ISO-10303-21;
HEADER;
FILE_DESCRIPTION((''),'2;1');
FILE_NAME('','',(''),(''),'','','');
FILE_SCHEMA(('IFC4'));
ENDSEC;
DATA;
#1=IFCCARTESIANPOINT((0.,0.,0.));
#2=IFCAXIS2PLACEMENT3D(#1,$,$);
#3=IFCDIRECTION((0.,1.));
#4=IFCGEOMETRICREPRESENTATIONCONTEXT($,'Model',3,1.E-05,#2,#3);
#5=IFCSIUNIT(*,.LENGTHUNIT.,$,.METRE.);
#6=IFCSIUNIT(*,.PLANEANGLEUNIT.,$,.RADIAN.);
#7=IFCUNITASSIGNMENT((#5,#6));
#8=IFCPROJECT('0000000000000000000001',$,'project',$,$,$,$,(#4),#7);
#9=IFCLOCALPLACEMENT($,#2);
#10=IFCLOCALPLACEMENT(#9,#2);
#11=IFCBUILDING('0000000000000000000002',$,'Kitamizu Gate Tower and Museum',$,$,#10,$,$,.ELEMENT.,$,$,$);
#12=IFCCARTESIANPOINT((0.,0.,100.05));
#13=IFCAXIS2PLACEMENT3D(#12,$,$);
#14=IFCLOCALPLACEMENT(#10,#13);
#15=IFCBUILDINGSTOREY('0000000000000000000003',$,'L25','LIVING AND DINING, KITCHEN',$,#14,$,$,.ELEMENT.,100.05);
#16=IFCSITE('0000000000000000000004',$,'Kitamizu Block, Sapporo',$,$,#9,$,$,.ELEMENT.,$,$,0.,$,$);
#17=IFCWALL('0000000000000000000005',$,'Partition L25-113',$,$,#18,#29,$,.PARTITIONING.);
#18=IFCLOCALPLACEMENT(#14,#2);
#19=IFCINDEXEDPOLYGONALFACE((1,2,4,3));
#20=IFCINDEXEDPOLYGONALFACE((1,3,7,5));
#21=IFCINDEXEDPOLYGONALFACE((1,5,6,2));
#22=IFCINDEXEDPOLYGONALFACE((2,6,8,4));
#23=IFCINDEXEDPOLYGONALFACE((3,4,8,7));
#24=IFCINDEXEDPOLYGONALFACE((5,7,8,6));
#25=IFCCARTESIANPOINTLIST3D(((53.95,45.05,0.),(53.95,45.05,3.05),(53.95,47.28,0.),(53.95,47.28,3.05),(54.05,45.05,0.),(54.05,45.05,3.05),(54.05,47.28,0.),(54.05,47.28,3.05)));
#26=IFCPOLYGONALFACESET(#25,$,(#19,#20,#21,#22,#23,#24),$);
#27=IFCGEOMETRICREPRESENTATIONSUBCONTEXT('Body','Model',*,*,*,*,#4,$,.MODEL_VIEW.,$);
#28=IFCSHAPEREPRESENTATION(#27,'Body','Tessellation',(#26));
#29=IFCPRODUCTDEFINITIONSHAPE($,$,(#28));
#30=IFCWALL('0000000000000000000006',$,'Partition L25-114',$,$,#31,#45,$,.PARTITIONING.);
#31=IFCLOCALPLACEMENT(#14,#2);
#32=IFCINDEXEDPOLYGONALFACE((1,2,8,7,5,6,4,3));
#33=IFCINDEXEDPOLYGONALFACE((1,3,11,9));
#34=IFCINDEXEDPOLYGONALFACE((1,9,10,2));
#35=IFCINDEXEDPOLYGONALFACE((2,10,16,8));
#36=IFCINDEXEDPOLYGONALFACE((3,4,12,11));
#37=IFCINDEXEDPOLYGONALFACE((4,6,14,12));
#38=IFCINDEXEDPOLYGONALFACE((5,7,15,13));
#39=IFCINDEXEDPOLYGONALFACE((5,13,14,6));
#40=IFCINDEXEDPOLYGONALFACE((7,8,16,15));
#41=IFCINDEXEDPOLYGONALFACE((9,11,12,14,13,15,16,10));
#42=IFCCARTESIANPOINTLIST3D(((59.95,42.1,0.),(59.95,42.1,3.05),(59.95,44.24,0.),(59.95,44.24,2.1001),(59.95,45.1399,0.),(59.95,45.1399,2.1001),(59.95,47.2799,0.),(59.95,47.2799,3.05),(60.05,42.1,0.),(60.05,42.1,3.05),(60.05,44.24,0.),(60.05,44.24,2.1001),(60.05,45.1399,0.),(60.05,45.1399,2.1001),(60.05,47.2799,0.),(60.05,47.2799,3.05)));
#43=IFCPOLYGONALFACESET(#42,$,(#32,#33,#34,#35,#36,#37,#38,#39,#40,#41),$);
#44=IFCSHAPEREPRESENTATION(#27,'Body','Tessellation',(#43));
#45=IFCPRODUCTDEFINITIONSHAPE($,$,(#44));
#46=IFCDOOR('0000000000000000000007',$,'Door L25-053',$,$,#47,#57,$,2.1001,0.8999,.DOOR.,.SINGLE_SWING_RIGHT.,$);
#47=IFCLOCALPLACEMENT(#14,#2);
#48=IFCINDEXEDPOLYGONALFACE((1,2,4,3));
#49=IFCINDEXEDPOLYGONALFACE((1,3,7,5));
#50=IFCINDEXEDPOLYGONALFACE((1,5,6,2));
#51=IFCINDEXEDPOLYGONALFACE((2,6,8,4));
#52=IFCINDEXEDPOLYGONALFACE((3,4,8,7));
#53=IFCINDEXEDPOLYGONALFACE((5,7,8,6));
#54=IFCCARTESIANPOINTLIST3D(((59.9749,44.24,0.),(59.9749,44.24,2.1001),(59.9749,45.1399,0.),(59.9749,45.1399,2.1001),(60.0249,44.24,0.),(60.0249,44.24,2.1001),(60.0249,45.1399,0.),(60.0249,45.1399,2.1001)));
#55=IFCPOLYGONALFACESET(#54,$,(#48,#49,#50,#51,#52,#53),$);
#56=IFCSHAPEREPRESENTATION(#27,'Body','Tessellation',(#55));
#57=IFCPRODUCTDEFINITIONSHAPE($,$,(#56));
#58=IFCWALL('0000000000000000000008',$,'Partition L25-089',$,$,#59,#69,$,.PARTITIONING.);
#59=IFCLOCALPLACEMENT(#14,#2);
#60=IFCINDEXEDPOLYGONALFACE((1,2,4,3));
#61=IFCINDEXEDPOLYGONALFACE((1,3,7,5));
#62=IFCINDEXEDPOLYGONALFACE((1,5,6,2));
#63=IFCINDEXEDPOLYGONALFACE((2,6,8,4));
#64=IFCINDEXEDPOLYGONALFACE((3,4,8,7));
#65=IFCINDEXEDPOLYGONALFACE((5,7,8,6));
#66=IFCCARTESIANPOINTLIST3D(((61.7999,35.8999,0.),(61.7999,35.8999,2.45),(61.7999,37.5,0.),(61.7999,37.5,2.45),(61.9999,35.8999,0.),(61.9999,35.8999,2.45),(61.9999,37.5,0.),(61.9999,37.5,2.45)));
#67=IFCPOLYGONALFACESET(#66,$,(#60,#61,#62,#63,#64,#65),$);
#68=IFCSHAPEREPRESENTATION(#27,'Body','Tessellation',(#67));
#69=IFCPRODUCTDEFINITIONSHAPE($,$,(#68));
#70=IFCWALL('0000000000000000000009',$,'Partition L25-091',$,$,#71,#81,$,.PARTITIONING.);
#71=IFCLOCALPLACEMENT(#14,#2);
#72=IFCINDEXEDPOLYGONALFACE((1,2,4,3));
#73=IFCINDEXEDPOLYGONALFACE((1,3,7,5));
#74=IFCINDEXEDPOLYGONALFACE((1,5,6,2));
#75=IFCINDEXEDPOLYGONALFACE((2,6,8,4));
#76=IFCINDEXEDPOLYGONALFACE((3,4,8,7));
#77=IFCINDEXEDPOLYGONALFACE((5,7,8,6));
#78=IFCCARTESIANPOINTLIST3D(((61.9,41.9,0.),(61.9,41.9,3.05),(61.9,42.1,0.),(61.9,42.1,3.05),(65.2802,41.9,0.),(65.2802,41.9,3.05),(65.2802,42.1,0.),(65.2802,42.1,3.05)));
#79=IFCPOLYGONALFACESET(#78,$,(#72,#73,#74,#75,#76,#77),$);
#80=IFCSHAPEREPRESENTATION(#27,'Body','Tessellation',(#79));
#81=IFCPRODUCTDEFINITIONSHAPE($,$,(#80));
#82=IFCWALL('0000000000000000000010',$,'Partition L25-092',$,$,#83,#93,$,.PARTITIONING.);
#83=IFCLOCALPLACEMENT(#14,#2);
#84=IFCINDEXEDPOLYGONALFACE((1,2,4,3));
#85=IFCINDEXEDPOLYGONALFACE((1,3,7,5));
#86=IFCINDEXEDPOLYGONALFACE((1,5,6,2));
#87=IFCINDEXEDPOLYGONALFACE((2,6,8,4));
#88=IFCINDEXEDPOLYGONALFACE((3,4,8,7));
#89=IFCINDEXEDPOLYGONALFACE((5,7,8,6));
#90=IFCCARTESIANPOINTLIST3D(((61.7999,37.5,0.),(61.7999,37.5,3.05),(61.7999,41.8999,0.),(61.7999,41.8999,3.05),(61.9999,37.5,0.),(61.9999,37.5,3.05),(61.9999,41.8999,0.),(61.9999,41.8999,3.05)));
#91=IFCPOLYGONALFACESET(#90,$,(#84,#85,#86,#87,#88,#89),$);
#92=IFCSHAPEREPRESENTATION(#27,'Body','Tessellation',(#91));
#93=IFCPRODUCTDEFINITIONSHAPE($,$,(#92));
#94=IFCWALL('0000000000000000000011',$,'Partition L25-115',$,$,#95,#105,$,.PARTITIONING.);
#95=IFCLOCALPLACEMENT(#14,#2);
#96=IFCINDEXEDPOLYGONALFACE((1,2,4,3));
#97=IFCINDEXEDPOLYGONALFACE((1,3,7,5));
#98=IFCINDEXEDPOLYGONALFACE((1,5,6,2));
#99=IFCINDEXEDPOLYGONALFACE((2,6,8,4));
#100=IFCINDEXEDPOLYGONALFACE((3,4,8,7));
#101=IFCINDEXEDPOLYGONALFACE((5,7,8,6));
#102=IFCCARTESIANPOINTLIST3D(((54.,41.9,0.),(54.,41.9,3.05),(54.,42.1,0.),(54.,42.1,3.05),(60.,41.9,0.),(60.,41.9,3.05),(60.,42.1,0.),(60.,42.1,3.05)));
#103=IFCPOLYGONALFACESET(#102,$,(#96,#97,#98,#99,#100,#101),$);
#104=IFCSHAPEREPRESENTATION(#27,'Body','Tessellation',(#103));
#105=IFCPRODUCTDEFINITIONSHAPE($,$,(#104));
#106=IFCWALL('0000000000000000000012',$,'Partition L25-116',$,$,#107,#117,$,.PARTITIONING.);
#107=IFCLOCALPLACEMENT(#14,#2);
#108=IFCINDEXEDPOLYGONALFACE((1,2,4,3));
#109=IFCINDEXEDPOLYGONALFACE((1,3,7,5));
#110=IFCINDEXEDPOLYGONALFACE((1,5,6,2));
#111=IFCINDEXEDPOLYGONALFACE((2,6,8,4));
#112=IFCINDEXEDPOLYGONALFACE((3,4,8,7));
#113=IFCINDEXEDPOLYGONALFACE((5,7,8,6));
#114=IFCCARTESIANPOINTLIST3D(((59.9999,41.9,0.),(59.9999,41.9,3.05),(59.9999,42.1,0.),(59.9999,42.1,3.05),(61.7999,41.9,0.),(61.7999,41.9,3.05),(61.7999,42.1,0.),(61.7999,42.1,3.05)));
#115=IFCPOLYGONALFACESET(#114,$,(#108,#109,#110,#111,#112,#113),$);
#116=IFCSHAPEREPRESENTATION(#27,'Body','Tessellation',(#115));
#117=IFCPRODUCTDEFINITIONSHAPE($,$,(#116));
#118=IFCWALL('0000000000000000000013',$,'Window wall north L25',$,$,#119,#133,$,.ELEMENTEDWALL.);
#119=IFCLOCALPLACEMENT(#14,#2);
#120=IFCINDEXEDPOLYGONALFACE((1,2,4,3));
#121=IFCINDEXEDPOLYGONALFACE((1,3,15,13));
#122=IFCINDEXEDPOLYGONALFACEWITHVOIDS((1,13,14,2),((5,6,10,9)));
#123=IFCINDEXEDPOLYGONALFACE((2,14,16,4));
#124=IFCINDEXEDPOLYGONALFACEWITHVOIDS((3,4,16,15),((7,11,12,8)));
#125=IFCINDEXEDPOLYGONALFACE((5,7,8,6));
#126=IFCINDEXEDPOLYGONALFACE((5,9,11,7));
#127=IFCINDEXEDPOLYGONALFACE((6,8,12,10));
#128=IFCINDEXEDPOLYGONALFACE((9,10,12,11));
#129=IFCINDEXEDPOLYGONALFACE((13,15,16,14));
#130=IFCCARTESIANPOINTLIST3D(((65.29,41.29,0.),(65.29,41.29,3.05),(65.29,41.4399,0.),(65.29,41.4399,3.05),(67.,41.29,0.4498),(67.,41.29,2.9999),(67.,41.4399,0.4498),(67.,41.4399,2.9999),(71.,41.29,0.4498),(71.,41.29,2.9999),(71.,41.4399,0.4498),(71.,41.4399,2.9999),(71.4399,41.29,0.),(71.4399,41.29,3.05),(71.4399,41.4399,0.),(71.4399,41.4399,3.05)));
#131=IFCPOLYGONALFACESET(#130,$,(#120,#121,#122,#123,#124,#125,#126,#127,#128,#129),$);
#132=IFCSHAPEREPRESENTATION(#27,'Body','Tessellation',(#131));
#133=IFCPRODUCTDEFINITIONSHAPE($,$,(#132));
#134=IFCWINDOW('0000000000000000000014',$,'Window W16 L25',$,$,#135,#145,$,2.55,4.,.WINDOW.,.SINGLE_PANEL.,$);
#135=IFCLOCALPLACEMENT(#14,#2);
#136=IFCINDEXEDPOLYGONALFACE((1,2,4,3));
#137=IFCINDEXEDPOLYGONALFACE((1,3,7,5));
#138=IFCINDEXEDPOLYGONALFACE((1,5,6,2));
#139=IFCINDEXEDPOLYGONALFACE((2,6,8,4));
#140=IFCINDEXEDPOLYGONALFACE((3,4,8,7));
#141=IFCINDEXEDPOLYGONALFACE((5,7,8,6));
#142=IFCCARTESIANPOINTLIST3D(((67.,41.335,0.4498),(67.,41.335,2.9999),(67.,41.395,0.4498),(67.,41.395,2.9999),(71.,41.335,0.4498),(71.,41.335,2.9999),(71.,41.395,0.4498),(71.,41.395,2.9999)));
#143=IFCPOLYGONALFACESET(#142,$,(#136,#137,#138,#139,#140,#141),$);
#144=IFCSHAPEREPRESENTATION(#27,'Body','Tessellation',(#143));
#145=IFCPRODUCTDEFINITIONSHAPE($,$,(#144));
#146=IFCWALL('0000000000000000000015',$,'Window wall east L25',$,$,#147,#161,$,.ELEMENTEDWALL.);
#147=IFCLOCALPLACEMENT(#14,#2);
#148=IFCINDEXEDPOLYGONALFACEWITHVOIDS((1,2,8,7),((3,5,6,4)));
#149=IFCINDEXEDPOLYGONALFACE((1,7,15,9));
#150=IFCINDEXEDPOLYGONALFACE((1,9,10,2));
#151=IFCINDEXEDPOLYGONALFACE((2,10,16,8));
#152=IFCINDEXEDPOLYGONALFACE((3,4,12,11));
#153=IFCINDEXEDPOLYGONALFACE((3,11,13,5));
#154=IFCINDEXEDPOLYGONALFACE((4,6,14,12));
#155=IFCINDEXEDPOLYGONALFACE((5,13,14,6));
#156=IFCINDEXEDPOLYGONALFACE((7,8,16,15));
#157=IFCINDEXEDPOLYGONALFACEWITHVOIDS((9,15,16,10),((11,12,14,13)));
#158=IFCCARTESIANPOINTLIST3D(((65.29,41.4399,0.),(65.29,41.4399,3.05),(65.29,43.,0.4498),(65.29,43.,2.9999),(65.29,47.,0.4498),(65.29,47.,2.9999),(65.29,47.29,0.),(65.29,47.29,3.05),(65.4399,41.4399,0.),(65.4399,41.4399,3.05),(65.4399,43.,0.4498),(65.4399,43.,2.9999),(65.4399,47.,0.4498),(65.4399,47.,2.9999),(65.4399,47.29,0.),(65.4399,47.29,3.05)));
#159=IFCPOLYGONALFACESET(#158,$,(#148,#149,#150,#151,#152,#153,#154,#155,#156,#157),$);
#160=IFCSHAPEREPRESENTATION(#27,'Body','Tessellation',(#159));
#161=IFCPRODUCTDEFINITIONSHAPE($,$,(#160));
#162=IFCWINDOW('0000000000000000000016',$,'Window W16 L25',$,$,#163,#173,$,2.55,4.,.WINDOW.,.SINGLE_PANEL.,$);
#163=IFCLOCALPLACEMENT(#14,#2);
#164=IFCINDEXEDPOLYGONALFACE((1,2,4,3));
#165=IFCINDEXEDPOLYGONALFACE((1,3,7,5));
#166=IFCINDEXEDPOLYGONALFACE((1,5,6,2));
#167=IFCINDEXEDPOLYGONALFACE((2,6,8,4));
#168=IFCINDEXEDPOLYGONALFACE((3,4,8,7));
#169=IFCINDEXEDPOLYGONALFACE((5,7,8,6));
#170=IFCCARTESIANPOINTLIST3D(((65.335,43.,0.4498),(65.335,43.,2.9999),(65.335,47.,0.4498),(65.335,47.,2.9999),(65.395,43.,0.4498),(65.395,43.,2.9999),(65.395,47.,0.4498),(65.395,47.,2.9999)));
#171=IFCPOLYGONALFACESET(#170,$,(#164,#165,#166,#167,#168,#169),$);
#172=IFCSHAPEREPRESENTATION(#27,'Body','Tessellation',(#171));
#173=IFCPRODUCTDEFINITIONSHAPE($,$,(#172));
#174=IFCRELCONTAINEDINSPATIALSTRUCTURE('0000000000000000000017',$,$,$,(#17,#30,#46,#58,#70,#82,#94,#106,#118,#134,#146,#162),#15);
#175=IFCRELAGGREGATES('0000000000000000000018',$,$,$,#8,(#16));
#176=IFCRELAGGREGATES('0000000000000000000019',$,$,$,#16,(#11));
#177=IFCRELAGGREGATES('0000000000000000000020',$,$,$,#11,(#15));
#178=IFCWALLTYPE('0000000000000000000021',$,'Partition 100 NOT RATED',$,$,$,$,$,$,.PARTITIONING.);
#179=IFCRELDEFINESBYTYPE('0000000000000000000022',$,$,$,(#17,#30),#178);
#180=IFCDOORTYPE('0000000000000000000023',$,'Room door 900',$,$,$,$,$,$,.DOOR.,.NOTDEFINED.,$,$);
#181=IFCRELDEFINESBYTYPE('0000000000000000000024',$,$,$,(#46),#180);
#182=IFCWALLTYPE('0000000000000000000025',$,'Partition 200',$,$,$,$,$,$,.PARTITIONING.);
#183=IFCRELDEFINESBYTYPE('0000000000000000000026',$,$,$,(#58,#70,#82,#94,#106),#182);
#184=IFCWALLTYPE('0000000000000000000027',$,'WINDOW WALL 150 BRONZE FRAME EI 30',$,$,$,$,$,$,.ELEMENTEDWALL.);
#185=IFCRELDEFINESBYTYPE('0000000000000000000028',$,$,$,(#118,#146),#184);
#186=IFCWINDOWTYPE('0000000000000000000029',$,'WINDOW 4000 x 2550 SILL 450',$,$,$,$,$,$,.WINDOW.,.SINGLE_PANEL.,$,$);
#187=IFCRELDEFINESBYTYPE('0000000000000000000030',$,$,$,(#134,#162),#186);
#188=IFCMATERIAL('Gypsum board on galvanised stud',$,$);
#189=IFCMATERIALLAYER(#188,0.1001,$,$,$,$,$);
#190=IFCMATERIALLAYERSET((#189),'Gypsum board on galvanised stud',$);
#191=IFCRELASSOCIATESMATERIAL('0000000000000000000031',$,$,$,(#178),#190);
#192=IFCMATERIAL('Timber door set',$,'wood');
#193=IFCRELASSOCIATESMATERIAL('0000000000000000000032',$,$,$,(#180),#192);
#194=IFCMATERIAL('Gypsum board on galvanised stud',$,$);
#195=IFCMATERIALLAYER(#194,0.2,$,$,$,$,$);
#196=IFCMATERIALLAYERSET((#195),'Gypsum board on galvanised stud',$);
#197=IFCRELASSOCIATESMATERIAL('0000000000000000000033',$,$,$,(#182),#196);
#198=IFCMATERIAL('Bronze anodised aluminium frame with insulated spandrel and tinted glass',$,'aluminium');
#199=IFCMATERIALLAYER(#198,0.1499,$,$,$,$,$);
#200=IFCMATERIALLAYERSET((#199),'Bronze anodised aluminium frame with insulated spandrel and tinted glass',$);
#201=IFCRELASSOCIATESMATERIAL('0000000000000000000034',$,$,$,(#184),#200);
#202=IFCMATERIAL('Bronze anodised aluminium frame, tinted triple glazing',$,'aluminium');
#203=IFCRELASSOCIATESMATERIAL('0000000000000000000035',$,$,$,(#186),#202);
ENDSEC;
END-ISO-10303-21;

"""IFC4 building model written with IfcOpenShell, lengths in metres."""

from ifc_helpers import new_model, si_unit, direction, frame, frame_2d, origin, place, context, subcontext, project, spatial, rectangle, extrude, material, layer, layer_set, type_object, element, fill, save


model = new_model("IFC4")

# Units and contexts
model_context = context("Model", 3, precision=1e-05, world=origin(), true_north=direction((0.0, 1.0)))
body_context = subcontext(model_context, "Body", "Model", "MODEL_VIEW")
ifc_project = project(units=[si_unit("LENGTHUNIT", "METRE"), si_unit("PLANEANGLEUNIT", "RADIAN")], contexts=[model_context])

# Site, building, storey
site_placement = place(None, origin())
site = spatial("IfcSite", under=ifc_project, at=site_placement, Name="Kitamizu Block, Sapporo", CompositionType="ELEMENT", RefElevation=0.0)
building_placement = place(site_placement, origin())
building = spatial("IfcBuilding", under=site, at=building_placement, Name="Kitamizu Gate Tower and Museum", CompositionType="ELEMENT")
storey_placement = place(building_placement, frame((0.0, 0.0, 100.05)))
storey = spatial("IfcBuildingStorey", under=building, at=storey_placement, Name="L25", Description="LIVING AND DINING, KITCHEN", CompositionType="ELEMENT", Elevation=100.05)

# Shared definitions
ifc_material_1 = material(Name="Gypsum board on galvanised stud")
ifc_layer_1 = layer(ifc_material_1, 0.1001)
ifc_layer_set_1 = layer_set([ifc_layer_1], Name="Gypsum board on galvanised stud")
wall_type_1 = type_object("IfcWallType", Name="Partition 100 NOT RATED", PredefinedType="PARTITIONING", material=ifc_layer_set_1)

# Shared definitions
ifc_material_2 = material(Name="Timber door set", Category="wood")
door_type_1 = type_object("IfcDoorType", Name="Room door 900", OperationType="NOTDEFINED", PredefinedType="DOOR", material=ifc_material_2)

# Wall
wall_1_placement = place(storey_placement, frame((54.0, 45.05, 0.0), z_axis=(0.0, 0.0, 1.0), x_axis=(0.0, 1.0, 0.0)))
element("IfcWall", 1, at=wall_1_placement, inside=storey, type_object=wall_type_1, Name="Partition L25-113", PredefinedType="PARTITIONING", context=body_context, shape_type="SweptSolid", body=[
    extrude(rectangle(XDim=2.23, YDim=0.1001, at=frame_2d((1.115, 0.0))), origin(), (0.0, 0.0, 1.0), 3.05),
])

# Wall, opening, door
wall_2_placement = place(storey_placement, frame((60.0, 42.1001, 0.0), z_axis=(0.0, 0.0, 1.0), x_axis=(0.0, 1.0, 0.0)))
wall_2 = element("IfcWall", 2, at=wall_2_placement, inside=storey, type_object=wall_type_1, Name="Partition L25-114", PredefinedType="PARTITIONING", context=body_context, shape_type="SweptSolid", body=[
    extrude(rectangle(XDim=5.1799, YDim=0.1001, at=frame_2d((2.5898, 0.0))), origin(), (0.0, 0.0, 1.0), 3.05),
])
opening_1_placement = place(wall_2_placement, frame((2.1399, 0.0, 0.0)))
opening_1 = element("IfcOpeningElement", 3, at=opening_1_placement, cuts=wall_2, PredefinedType="OPENING", context=body_context, shape_type="SweptSolid", body=[
    extrude(rectangle(XDim=0.8999, YDim=2.1001, at=frame_2d((0.45, 1.05))), frame((0.0, 0.0601, 0.0), z_axis=(0.0, -1.0, 0.0), x_axis=(1.0, 0.0, 0.0)), (0.0, 0.0, 1.0), 0.1201),
])
door_1_placement = place(opening_1_placement, frame((0.8999, 0.0, 0.0), x_axis=(-1.0, 0.0, 0.0)))
door_1 = element("IfcDoor", 4, at=door_1_placement, inside=storey, type_object=door_type_1, Name="Door L25-053", OperationType="SINGLE_SWING_RIGHT", OverallHeight=2.1001, OverallWidth=0.8999, PredefinedType="DOOR", context=body_context, shape_type="SweptSolid", body=[
    extrude(rectangle(XDim=0.8999, YDim=2.1001, at=frame_2d((0.45, 1.05))), frame((0.0, 0.0249, 0.0), z_axis=(0.0, -1.0, 0.0), x_axis=(1.0, 0.0, 0.0)), (0.0, 0.0, 1.0), 0.05),
])
fill(opening_1, door_1)

# Walls
ifc_material_3 = material(Name="Gypsum board on galvanised stud")
ifc_layer_2 = layer(ifc_material_3, 0.2)
ifc_layer_set_2 = layer_set([ifc_layer_2], Name="Gypsum board on galvanised stud")
wall_type_2 = type_object("IfcWallType", Name="Partition 200", PredefinedType="PARTITIONING", material=ifc_layer_set_2)
wall_3_placement = place(storey_placement, frame((61.8999, 37.5, 0.0), z_axis=(0.0, 0.0, 1.0), x_axis=(0.0, -1.0, 0.0)))
element("IfcWall", 5, at=wall_3_placement, inside=storey, type_object=wall_type_2, Name="Partition L25-089", PredefinedType="PARTITIONING", context=body_context, shape_type="SweptSolid", body=[
    extrude(rectangle(XDim=1.6001, YDim=0.2, at=frame_2d((0.8, 0.0))), origin(), (0.0, 0.0, 1.0), 2.45),
])
wall_4_placement = place(storey_placement, frame((65.28, 42.0, 0.0), z_axis=(0.0, 0.0, 1.0), x_axis=(-1.0, 0.0, 0.0)))
element("IfcWall", 6, at=wall_4_placement, inside=storey, type_object=wall_type_2, Name="Partition L25-091", PredefinedType="PARTITIONING", context=body_context, shape_type="SweptSolid", body=[
    extrude(rectangle(XDim=3.3801, YDim=0.2, at=frame_2d((1.6899, 0.0))), origin(), (0.0, 0.0, 1.0), 3.05),
])
wall_5_placement = place(storey_placement, frame((61.8999, 41.8999, 0.0), z_axis=(0.0, 0.0, 1.0), x_axis=(0.0, -1.0, 0.0)))
element("IfcWall", 7, at=wall_5_placement, inside=storey, type_object=wall_type_2, Name="Partition L25-092", PredefinedType="PARTITIONING", context=body_context, shape_type="SweptSolid", body=[
    extrude(rectangle(XDim=4.3999, YDim=0.2, at=frame_2d((2.2, 0.0))), origin(), (0.0, 0.0, 1.0), 3.05),
])
wall_6_placement = place(storey_placement, frame((54.0, 42.0, 0.0), z_axis=(0.0, 0.0, 1.0), x_axis=(1.0, 0.0, 0.0)))
element("IfcWall", 8, at=wall_6_placement, inside=storey, type_object=wall_type_2, Name="Partition L25-115", PredefinedType="PARTITIONING", context=body_context, shape_type="SweptSolid", body=[
    extrude(rectangle(XDim=6.0, YDim=0.2, at=frame_2d((3.0, 0.0))), origin(), (0.0, 0.0, 1.0), 3.05),
])
wall_7_placement = place(storey_placement, frame((60.0, 42.0, 0.0), z_axis=(0.0, 0.0, 1.0), x_axis=(1.0, 0.0, 0.0)))
element("IfcWall", 9, at=wall_7_placement, inside=storey, type_object=wall_type_2, Name="Partition L25-116", PredefinedType="PARTITIONING", context=body_context, shape_type="SweptSolid", body=[
    extrude(rectangle(XDim=1.8, YDim=0.2, at=frame_2d((0.8999, 0.0))), origin(), (0.0, 0.0, 1.0), 3.05),
])

# Walls, openings, windows
ifc_material_4 = material(Name="Bronze anodised aluminium frame with insulated spandrel and tinted glass", Category="aluminium")
ifc_layer_3 = layer(ifc_material_4, 0.1499)
ifc_layer_set_3 = layer_set([ifc_layer_3], Name="Bronze anodised aluminium frame with insulated spandrel and tinted glass")
wall_type_3 = type_object("IfcWallType", Name="WINDOW WALL 150 BRONZE FRAME EI 30", PredefinedType="ELEMENTEDWALL", material=ifc_layer_set_3)
wall_8_placement = place(storey_placement, frame((65.29, 41.365, 0.0), z_axis=(0.0, 0.0, 1.0), x_axis=(1.0, 0.0, 0.0)))
wall_8 = element("IfcWall", 10, at=wall_8_placement, inside=storey, type_object=wall_type_3, Name="Window wall north L25", PredefinedType="ELEMENTEDWALL", context=body_context, shape_type="SweptSolid", body=[
    extrude(rectangle(XDim=6.1499, YDim=0.1499, at=frame_2d((3.075, 0.0))), origin(), (0.0, 0.0, 1.0), 3.05),
])
opening_2_placement = place(wall_8_placement, frame((1.71, 0.0, 0.45)))
opening_2 = element("IfcOpeningElement", 11, at=opening_2_placement, cuts=wall_8, PredefinedType="OPENING", context=body_context, shape_type="SweptSolid", body=[
    extrude(rectangle(XDim=4.0, YDim=2.55, at=frame_2d((2.0, 1.2749))), frame((0.0, 0.085, 0.0), z_axis=(0.0, -1.0, 0.0), x_axis=(1.0, 0.0, 0.0)), (0.0, 0.0, 1.0), 0.1699),
])
ifc_material_5 = material(Name="Bronze anodised aluminium frame, tinted triple glazing", Category="aluminium")
window_type = type_object("IfcWindowType", Name="WINDOW 4000 x 2550 SILL 450", PartitioningType="SINGLE_PANEL", PredefinedType="WINDOW", material=ifc_material_5)
window_1_placement = place(opening_2_placement, origin())
window_1 = element("IfcWindow", 12, at=window_1_placement, inside=storey, type_object=window_type, Name="Window W16 L25", OverallHeight=2.55, OverallWidth=4.0, PartitioningType="SINGLE_PANEL", PredefinedType="WINDOW", context=body_context, shape_type="SweptSolid", body=[
    extrude(rectangle(XDim=4.0, YDim=2.55, at=frame_2d((2.0, 1.2749))), frame((0.0, 0.03, 0.0), z_axis=(0.0, -1.0, 0.0), x_axis=(1.0, 0.0, 0.0)), (0.0, 0.0, 1.0), 0.0601),
])
fill(opening_2, window_1)
wall_9_placement = place(storey_placement, frame((65.365, 41.4399, 0.0), z_axis=(0.0, 0.0, 1.0), x_axis=(0.0, 1.0, 0.0)))
wall_9 = element("IfcWall", 13, at=wall_9_placement, inside=storey, type_object=wall_type_3, Name="Window wall east L25", PredefinedType="ELEMENTEDWALL", context=body_context, shape_type="SweptSolid", body=[
    extrude(rectangle(XDim=5.8501, YDim=0.1499, at=frame_2d((2.925, 0.0))), origin(), (0.0, 0.0, 1.0), 3.05),
])
opening_3_placement = place(wall_9_placement, frame((1.5601, 0.0, 0.45)))
opening_3 = element("IfcOpeningElement", 14, at=opening_3_placement, cuts=wall_9, PredefinedType="OPENING", context=body_context, shape_type="SweptSolid", body=[
    extrude(rectangle(XDim=4.0, YDim=2.55, at=frame_2d((2.0, 1.2749))), frame((0.0, 0.085, 0.0), z_axis=(0.0, -1.0, 0.0), x_axis=(1.0, 0.0, 0.0)), (0.0, 0.0, 1.0), 0.1699),
])
window_2_placement = place(opening_3_placement, origin())
window_2 = element("IfcWindow", 15, at=window_2_placement, inside=storey, type_object=window_type, Name="Window W16 L25", OverallHeight=2.55, OverallWidth=4.0, PartitioningType="SINGLE_PANEL", PredefinedType="WINDOW", context=body_context, shape_type="SweptSolid", body=[
    extrude(rectangle(XDim=4.0, YDim=2.55, at=frame_2d((2.0, 1.2749))), frame((0.0, 0.03, 0.0), z_axis=(0.0, -1.0, 0.0), x_axis=(1.0, 0.0, 0.0)), (0.0, 0.0, 1.0), 0.0601),
])
fill(opening_3, window_2)

save(model, "model.ifc")
